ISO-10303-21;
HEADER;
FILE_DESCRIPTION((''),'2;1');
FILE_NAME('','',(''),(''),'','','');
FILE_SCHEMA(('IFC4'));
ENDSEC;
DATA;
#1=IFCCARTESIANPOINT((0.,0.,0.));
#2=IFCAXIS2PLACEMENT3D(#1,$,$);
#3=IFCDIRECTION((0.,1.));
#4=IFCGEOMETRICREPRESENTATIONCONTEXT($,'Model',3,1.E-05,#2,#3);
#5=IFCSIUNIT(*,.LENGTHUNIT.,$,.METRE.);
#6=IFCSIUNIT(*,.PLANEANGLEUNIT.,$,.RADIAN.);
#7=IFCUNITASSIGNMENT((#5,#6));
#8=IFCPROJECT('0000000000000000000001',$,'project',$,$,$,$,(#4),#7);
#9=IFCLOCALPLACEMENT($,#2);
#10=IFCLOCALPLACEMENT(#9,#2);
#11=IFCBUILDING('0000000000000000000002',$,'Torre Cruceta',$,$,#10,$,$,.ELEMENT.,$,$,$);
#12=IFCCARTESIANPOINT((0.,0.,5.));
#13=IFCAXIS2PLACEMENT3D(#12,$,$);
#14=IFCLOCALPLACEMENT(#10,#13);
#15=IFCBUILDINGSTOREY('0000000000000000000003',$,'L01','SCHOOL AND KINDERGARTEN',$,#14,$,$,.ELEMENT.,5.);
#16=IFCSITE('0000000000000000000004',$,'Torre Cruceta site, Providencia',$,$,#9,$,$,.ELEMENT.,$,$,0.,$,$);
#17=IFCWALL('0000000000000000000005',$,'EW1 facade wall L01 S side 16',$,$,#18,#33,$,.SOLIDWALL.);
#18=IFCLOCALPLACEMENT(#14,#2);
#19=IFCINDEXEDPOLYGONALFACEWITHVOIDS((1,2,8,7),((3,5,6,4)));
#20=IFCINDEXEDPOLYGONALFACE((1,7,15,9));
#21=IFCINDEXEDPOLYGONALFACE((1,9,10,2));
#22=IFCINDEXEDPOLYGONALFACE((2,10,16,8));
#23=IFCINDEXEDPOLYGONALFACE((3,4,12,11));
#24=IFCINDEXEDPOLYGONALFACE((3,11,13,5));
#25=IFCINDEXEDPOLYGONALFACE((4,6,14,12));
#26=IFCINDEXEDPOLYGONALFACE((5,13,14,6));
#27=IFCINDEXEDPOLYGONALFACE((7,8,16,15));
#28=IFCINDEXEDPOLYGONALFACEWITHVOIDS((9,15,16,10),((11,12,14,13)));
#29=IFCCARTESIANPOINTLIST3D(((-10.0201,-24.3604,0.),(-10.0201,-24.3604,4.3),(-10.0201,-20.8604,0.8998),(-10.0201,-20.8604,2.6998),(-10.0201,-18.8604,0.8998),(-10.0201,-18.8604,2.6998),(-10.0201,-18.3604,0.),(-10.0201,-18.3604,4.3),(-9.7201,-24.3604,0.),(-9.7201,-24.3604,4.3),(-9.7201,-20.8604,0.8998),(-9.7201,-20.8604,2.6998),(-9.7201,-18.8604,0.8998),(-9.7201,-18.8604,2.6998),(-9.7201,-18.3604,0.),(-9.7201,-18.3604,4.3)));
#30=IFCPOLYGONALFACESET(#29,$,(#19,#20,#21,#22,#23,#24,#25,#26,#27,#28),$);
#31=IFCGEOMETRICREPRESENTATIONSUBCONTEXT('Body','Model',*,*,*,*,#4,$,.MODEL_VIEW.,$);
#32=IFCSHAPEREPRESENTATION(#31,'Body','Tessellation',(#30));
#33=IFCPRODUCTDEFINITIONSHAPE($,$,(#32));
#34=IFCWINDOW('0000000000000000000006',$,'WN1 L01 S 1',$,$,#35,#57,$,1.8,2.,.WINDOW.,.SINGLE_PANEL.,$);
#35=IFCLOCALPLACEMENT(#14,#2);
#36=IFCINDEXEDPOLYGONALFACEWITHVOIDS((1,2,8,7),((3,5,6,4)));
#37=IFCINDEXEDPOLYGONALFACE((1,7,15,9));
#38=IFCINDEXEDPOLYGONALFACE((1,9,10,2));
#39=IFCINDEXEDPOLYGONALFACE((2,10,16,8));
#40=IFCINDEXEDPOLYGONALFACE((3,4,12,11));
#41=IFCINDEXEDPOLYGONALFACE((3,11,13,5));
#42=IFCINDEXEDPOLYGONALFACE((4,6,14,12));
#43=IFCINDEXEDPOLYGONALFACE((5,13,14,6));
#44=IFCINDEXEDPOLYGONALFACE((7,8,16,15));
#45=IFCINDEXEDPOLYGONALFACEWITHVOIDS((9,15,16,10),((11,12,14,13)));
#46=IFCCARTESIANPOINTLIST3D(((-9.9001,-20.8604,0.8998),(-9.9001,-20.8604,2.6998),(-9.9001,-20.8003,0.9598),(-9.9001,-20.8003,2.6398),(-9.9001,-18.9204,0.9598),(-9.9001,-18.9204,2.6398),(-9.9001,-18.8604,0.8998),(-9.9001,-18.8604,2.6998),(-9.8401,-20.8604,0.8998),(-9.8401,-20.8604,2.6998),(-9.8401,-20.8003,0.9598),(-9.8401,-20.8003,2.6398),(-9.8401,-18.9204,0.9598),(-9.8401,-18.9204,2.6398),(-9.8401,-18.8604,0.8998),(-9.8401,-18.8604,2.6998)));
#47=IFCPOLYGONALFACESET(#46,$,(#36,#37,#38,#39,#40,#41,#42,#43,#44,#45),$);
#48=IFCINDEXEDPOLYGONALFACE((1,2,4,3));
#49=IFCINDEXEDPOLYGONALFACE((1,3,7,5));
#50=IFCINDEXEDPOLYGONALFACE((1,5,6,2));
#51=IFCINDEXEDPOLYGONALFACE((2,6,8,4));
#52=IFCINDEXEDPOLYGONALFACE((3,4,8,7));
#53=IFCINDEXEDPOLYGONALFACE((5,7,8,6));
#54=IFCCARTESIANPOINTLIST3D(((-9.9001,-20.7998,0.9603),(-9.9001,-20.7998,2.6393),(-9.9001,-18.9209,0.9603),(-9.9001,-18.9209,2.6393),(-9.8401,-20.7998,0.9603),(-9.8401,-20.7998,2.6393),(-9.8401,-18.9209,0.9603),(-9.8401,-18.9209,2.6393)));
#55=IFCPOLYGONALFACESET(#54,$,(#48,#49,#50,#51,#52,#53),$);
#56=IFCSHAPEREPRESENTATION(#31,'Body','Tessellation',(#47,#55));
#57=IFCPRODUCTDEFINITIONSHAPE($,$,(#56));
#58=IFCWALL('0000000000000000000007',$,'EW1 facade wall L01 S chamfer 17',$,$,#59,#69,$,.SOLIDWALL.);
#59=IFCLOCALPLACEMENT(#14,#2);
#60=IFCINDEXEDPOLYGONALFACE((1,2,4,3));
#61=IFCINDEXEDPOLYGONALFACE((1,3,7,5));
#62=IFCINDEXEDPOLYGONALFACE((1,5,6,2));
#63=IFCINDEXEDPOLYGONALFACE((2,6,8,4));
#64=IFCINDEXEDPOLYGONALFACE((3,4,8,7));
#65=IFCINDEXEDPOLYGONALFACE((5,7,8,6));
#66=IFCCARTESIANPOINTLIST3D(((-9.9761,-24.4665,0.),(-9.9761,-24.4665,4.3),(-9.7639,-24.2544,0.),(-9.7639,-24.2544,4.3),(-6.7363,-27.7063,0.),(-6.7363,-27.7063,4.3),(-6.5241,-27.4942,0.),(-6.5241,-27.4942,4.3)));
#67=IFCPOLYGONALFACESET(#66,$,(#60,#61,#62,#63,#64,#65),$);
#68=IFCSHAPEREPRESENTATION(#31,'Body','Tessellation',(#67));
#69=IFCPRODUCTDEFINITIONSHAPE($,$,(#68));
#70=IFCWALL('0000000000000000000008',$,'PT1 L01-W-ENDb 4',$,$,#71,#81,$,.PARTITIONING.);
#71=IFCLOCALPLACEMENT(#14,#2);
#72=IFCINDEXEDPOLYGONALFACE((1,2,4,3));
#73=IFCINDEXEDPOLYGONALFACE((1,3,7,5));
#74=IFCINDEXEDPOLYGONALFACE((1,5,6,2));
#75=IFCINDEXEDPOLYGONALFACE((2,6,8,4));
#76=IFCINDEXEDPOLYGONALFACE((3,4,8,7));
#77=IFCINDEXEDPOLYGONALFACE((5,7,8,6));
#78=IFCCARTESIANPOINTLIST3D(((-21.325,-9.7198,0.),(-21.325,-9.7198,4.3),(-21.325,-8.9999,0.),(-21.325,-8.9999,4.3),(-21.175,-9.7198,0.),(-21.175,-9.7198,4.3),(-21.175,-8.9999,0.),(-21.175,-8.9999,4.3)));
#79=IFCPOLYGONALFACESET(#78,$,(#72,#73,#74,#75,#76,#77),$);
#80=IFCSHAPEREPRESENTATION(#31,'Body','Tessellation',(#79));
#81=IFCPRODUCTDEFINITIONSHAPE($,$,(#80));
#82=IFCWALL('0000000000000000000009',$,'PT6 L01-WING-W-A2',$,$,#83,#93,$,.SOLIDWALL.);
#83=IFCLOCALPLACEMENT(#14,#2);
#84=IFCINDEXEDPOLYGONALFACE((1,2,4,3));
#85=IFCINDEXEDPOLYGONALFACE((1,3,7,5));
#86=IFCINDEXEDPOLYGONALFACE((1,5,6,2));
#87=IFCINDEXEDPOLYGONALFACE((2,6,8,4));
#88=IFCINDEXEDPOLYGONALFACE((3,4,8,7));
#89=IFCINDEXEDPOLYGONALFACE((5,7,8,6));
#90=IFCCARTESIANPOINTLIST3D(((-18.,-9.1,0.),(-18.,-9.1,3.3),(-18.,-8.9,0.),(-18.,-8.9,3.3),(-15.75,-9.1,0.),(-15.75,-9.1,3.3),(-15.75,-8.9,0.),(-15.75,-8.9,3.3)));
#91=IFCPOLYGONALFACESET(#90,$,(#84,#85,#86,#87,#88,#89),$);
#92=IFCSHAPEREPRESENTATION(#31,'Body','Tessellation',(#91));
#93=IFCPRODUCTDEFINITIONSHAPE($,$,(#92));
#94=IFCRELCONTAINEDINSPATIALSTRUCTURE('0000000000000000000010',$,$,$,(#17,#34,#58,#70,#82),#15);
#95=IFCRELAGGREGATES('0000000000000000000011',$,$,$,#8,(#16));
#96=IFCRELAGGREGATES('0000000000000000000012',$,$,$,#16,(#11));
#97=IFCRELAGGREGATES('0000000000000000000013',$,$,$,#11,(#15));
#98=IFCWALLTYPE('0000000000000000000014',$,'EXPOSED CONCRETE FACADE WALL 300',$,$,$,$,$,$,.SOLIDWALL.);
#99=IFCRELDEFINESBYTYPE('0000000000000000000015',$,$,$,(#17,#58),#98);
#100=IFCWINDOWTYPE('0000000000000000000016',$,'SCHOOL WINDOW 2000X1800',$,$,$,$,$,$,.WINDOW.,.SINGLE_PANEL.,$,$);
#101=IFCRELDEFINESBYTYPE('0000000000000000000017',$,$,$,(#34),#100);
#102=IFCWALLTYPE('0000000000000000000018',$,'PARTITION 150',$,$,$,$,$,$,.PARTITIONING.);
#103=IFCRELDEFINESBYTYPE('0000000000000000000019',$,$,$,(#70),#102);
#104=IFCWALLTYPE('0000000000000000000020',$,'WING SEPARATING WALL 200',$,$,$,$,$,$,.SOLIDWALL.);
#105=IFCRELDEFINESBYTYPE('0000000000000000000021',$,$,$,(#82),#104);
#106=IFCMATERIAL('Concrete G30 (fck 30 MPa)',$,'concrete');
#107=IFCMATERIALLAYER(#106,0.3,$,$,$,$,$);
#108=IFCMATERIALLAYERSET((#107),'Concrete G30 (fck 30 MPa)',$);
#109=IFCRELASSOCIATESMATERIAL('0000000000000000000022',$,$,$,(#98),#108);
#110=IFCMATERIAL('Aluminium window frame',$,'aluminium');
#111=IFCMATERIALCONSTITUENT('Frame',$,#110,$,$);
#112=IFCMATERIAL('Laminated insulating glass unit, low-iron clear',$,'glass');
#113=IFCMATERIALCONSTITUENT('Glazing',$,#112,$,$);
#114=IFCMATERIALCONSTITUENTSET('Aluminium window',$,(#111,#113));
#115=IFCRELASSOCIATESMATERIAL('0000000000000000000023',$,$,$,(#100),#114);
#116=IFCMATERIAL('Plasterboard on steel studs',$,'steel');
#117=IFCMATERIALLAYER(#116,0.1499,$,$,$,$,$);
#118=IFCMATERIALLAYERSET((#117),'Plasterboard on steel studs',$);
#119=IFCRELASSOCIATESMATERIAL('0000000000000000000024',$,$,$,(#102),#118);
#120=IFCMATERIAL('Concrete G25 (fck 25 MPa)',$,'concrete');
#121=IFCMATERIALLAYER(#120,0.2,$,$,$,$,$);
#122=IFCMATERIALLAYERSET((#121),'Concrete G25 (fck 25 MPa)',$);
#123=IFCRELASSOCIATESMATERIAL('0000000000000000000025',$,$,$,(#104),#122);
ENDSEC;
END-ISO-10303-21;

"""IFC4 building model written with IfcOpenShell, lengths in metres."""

from ifc_helpers import new_model, si_unit, direction, frame, frame_2d, origin, place, context, subcontext, project, spatial, rectangle, hollow_rectangle, extrude, material, layer, layer_set, constituent, constituent_set, type_object, element, fill, save


model = new_model("IFC4")

# Units and contexts
model_context = context("Model", 3, precision=1e-05, world=origin(), true_north=direction((0.0, 1.0)))
body_context = subcontext(model_context, "Body", "Model", "MODEL_VIEW")
ifc_project = project(units=[si_unit("LENGTHUNIT", "METRE"), si_unit("PLANEANGLEUNIT", "RADIAN")], contexts=[model_context])

# Site, building, storey
site_placement = place(None, origin())
site = spatial("IfcSite", under=ifc_project, at=site_placement, Name="Torre Cruceta site, Providencia", CompositionType="ELEMENT", RefElevation=0.0)
building_placement = place(site_placement, origin())
building = spatial("IfcBuilding", under=site, at=building_placement, Name="Torre Cruceta", CompositionType="ELEMENT")
storey_placement = place(building_placement, frame((0.0, 0.0, 5.0)))
storey = spatial("IfcBuildingStorey", under=building, at=storey_placement, Name="L01", Description="SCHOOL AND KINDERGARTEN", CompositionType="ELEMENT", Elevation=5.0)

# Shared definitions
ifc_material_1 = material(Name="Concrete G30 (fck 30 MPa)", Category="concrete")
ifc_layer_1 = layer(ifc_material_1, 0.3)
ifc_layer_set_1 = layer_set([ifc_layer_1], Name="Concrete G30 (fck 30 MPa)")
wall_type_1 = type_object("IfcWallType", Name="EXPOSED CONCRETE FACADE WALL 300", PredefinedType="SOLIDWALL", material=ifc_layer_set_1)
ifc_material_2 = material(Name="Aluminium window frame", Category="aluminium")
ifc_constituent_1 = constituent(ifc_material_2, Name="Frame")
ifc_material_3 = material(Name="Laminated insulating glass unit, low-iron clear", Category="glass")
ifc_constituent_2 = constituent(ifc_material_3, Name="Glazing")
ifc_constituent_set = constituent_set(constituents=[ifc_constituent_1, ifc_constituent_2], Name="Aluminium window")
window_type = type_object("IfcWindowType", Name="SCHOOL WINDOW 2000X1800", PartitioningType="SINGLE_PANEL", PredefinedType="WINDOW", material=ifc_constituent_set)

# Wall, opening, window
wall_1_placement = place(storey_placement, frame((-9.8701, -18.3604, 0.0), z_axis=(0.0, 0.0, 1.0), x_axis=(0.0, -1.0, 0.0)))
wall_1 = element("IfcWall", 1, at=wall_1_placement, inside=storey, type_object=wall_type_1, Name="EW1 facade wall L01 S side 16", PredefinedType="SOLIDWALL", context=body_context, shape_type="SweptSolid", body=[
    extrude(rectangle(XDim=6.0, YDim=0.3, at=frame_2d((3.0, 0.0))), origin(), (0.0, 0.0, 1.0), 4.3),
])
opening_1_placement = place(wall_1_placement, frame((0.5, 0.0, 0.8999)))
opening_1 = element("IfcOpeningElement", 2, at=opening_1_placement, cuts=wall_1, PredefinedType="OPENING", context=body_context, shape_type="SweptSolid", body=[
    extrude(rectangle(XDim=2.0, YDim=1.8, at=frame_2d((1.0, 0.8999))), frame((0.0, 0.1599, 0.0), z_axis=(0.0, -1.0, 0.0), x_axis=(1.0, 0.0, 0.0)), (0.0, 0.0, 1.0), 0.3201),
])
window_1_placement = place(opening_1_placement, origin())
window_1 = element("IfcWindow", 3, at=window_1_placement, inside=storey, type_object=window_type, Name="WN1 L01 S 1", OverallHeight=1.8, OverallWidth=2.0, PartitioningType="SINGLE_PANEL", PredefinedType="WINDOW", context=body_context, shape_type="SweptSolid", body=[
    extrude(hollow_rectangle(XDim=2.0, YDim=1.8, WallThickness=0.0601, at=frame_2d((1.0, 0.8999))), frame((0.0, 0.03, 0.0), z_axis=(0.0, -1.0, 0.0), x_axis=(1.0, 0.0, 0.0)), (0.0, 0.0, 1.0), 0.0601),
    extrude(rectangle(XDim=1.8789, YDim=1.679, at=frame_2d((1.0, 0.8999))), frame((0.0, 0.03, 0.0), z_axis=(0.0, -1.0, 0.0), x_axis=(1.0, 0.0, 0.0)), (0.0, 0.0, 1.0), 0.0601),
])
fill(opening_1, window_1)

# Walls
wall_2_placement = place(storey_placement, frame((-9.8701, -24.3604, 0.0), z_axis=(0.0, 0.0, 1.0), x_axis=(0.707107, -0.707107, 0.0)))
element("IfcWall", 4, at=wall_2_placement, inside=storey, type_object=wall_type_1, Name="EW1 facade wall L01 S chamfer 17", PredefinedType="SOLIDWALL", context=body_context, shape_type="SweptSolid", body=[
    extrude(rectangle(XDim=4.5818, YDim=0.3, at=frame_2d((2.291, 0.0))), origin(), (0.0, 0.0, 1.0), 4.3),
])
ifc_material_4 = material(Name="Plasterboard on steel studs", Category="steel")
ifc_layer_2 = layer(ifc_material_4, 0.1499)
ifc_layer_set_2 = layer_set([ifc_layer_2], Name="Plasterboard on steel studs")
wall_type_2 = type_object("IfcWallType", Name="PARTITION 150", PredefinedType="PARTITIONING", material=ifc_layer_set_2)
wall_3_placement = place(storey_placement, frame((-21.25, -9.0, 0.0), z_axis=(0.0, 0.0, 1.0), x_axis=(0.0, -1.0, 0.0)))
element("IfcWall", 5, at=wall_3_placement, inside=storey, type_object=wall_type_2, Name="PT1 L01-W-ENDb 4", PredefinedType="PARTITIONING", context=body_context, shape_type="SweptSolid", body=[
    extrude(rectangle(XDim=0.72, YDim=0.1499, at=frame_2d((0.3599, 0.0))), origin(), (0.0, 0.0, 1.0), 4.3),
])
ifc_material_5 = material(Name="Concrete G25 (fck 25 MPa)", Category="concrete")
ifc_layer_3 = layer(ifc_material_5, 0.2)
ifc_layer_set_3 = layer_set([ifc_layer_3], Name="Concrete G25 (fck 25 MPa)")
wall_type_3 = type_object("IfcWallType", Name="WING SEPARATING WALL 200", PredefinedType="SOLIDWALL", material=ifc_layer_set_3)
wall_4_placement = place(storey_placement, frame((-15.75, -9.0, 0.0), z_axis=(0.0, 0.0, 1.0), x_axis=(-1.0, 0.0, 0.0)))
element("IfcWall", 6, at=wall_4_placement, inside=storey, type_object=wall_type_3, Name="PT6 L01-WING-W-A2", PredefinedType="SOLIDWALL", context=body_context, shape_type="SweptSolid", body=[
    extrude(rectangle(XDim=2.25, YDim=0.2, at=frame_2d((1.125, 0.0))), origin(), (0.0, 0.0, 1.0), 3.3),
])

save(model, "model.ifc")
